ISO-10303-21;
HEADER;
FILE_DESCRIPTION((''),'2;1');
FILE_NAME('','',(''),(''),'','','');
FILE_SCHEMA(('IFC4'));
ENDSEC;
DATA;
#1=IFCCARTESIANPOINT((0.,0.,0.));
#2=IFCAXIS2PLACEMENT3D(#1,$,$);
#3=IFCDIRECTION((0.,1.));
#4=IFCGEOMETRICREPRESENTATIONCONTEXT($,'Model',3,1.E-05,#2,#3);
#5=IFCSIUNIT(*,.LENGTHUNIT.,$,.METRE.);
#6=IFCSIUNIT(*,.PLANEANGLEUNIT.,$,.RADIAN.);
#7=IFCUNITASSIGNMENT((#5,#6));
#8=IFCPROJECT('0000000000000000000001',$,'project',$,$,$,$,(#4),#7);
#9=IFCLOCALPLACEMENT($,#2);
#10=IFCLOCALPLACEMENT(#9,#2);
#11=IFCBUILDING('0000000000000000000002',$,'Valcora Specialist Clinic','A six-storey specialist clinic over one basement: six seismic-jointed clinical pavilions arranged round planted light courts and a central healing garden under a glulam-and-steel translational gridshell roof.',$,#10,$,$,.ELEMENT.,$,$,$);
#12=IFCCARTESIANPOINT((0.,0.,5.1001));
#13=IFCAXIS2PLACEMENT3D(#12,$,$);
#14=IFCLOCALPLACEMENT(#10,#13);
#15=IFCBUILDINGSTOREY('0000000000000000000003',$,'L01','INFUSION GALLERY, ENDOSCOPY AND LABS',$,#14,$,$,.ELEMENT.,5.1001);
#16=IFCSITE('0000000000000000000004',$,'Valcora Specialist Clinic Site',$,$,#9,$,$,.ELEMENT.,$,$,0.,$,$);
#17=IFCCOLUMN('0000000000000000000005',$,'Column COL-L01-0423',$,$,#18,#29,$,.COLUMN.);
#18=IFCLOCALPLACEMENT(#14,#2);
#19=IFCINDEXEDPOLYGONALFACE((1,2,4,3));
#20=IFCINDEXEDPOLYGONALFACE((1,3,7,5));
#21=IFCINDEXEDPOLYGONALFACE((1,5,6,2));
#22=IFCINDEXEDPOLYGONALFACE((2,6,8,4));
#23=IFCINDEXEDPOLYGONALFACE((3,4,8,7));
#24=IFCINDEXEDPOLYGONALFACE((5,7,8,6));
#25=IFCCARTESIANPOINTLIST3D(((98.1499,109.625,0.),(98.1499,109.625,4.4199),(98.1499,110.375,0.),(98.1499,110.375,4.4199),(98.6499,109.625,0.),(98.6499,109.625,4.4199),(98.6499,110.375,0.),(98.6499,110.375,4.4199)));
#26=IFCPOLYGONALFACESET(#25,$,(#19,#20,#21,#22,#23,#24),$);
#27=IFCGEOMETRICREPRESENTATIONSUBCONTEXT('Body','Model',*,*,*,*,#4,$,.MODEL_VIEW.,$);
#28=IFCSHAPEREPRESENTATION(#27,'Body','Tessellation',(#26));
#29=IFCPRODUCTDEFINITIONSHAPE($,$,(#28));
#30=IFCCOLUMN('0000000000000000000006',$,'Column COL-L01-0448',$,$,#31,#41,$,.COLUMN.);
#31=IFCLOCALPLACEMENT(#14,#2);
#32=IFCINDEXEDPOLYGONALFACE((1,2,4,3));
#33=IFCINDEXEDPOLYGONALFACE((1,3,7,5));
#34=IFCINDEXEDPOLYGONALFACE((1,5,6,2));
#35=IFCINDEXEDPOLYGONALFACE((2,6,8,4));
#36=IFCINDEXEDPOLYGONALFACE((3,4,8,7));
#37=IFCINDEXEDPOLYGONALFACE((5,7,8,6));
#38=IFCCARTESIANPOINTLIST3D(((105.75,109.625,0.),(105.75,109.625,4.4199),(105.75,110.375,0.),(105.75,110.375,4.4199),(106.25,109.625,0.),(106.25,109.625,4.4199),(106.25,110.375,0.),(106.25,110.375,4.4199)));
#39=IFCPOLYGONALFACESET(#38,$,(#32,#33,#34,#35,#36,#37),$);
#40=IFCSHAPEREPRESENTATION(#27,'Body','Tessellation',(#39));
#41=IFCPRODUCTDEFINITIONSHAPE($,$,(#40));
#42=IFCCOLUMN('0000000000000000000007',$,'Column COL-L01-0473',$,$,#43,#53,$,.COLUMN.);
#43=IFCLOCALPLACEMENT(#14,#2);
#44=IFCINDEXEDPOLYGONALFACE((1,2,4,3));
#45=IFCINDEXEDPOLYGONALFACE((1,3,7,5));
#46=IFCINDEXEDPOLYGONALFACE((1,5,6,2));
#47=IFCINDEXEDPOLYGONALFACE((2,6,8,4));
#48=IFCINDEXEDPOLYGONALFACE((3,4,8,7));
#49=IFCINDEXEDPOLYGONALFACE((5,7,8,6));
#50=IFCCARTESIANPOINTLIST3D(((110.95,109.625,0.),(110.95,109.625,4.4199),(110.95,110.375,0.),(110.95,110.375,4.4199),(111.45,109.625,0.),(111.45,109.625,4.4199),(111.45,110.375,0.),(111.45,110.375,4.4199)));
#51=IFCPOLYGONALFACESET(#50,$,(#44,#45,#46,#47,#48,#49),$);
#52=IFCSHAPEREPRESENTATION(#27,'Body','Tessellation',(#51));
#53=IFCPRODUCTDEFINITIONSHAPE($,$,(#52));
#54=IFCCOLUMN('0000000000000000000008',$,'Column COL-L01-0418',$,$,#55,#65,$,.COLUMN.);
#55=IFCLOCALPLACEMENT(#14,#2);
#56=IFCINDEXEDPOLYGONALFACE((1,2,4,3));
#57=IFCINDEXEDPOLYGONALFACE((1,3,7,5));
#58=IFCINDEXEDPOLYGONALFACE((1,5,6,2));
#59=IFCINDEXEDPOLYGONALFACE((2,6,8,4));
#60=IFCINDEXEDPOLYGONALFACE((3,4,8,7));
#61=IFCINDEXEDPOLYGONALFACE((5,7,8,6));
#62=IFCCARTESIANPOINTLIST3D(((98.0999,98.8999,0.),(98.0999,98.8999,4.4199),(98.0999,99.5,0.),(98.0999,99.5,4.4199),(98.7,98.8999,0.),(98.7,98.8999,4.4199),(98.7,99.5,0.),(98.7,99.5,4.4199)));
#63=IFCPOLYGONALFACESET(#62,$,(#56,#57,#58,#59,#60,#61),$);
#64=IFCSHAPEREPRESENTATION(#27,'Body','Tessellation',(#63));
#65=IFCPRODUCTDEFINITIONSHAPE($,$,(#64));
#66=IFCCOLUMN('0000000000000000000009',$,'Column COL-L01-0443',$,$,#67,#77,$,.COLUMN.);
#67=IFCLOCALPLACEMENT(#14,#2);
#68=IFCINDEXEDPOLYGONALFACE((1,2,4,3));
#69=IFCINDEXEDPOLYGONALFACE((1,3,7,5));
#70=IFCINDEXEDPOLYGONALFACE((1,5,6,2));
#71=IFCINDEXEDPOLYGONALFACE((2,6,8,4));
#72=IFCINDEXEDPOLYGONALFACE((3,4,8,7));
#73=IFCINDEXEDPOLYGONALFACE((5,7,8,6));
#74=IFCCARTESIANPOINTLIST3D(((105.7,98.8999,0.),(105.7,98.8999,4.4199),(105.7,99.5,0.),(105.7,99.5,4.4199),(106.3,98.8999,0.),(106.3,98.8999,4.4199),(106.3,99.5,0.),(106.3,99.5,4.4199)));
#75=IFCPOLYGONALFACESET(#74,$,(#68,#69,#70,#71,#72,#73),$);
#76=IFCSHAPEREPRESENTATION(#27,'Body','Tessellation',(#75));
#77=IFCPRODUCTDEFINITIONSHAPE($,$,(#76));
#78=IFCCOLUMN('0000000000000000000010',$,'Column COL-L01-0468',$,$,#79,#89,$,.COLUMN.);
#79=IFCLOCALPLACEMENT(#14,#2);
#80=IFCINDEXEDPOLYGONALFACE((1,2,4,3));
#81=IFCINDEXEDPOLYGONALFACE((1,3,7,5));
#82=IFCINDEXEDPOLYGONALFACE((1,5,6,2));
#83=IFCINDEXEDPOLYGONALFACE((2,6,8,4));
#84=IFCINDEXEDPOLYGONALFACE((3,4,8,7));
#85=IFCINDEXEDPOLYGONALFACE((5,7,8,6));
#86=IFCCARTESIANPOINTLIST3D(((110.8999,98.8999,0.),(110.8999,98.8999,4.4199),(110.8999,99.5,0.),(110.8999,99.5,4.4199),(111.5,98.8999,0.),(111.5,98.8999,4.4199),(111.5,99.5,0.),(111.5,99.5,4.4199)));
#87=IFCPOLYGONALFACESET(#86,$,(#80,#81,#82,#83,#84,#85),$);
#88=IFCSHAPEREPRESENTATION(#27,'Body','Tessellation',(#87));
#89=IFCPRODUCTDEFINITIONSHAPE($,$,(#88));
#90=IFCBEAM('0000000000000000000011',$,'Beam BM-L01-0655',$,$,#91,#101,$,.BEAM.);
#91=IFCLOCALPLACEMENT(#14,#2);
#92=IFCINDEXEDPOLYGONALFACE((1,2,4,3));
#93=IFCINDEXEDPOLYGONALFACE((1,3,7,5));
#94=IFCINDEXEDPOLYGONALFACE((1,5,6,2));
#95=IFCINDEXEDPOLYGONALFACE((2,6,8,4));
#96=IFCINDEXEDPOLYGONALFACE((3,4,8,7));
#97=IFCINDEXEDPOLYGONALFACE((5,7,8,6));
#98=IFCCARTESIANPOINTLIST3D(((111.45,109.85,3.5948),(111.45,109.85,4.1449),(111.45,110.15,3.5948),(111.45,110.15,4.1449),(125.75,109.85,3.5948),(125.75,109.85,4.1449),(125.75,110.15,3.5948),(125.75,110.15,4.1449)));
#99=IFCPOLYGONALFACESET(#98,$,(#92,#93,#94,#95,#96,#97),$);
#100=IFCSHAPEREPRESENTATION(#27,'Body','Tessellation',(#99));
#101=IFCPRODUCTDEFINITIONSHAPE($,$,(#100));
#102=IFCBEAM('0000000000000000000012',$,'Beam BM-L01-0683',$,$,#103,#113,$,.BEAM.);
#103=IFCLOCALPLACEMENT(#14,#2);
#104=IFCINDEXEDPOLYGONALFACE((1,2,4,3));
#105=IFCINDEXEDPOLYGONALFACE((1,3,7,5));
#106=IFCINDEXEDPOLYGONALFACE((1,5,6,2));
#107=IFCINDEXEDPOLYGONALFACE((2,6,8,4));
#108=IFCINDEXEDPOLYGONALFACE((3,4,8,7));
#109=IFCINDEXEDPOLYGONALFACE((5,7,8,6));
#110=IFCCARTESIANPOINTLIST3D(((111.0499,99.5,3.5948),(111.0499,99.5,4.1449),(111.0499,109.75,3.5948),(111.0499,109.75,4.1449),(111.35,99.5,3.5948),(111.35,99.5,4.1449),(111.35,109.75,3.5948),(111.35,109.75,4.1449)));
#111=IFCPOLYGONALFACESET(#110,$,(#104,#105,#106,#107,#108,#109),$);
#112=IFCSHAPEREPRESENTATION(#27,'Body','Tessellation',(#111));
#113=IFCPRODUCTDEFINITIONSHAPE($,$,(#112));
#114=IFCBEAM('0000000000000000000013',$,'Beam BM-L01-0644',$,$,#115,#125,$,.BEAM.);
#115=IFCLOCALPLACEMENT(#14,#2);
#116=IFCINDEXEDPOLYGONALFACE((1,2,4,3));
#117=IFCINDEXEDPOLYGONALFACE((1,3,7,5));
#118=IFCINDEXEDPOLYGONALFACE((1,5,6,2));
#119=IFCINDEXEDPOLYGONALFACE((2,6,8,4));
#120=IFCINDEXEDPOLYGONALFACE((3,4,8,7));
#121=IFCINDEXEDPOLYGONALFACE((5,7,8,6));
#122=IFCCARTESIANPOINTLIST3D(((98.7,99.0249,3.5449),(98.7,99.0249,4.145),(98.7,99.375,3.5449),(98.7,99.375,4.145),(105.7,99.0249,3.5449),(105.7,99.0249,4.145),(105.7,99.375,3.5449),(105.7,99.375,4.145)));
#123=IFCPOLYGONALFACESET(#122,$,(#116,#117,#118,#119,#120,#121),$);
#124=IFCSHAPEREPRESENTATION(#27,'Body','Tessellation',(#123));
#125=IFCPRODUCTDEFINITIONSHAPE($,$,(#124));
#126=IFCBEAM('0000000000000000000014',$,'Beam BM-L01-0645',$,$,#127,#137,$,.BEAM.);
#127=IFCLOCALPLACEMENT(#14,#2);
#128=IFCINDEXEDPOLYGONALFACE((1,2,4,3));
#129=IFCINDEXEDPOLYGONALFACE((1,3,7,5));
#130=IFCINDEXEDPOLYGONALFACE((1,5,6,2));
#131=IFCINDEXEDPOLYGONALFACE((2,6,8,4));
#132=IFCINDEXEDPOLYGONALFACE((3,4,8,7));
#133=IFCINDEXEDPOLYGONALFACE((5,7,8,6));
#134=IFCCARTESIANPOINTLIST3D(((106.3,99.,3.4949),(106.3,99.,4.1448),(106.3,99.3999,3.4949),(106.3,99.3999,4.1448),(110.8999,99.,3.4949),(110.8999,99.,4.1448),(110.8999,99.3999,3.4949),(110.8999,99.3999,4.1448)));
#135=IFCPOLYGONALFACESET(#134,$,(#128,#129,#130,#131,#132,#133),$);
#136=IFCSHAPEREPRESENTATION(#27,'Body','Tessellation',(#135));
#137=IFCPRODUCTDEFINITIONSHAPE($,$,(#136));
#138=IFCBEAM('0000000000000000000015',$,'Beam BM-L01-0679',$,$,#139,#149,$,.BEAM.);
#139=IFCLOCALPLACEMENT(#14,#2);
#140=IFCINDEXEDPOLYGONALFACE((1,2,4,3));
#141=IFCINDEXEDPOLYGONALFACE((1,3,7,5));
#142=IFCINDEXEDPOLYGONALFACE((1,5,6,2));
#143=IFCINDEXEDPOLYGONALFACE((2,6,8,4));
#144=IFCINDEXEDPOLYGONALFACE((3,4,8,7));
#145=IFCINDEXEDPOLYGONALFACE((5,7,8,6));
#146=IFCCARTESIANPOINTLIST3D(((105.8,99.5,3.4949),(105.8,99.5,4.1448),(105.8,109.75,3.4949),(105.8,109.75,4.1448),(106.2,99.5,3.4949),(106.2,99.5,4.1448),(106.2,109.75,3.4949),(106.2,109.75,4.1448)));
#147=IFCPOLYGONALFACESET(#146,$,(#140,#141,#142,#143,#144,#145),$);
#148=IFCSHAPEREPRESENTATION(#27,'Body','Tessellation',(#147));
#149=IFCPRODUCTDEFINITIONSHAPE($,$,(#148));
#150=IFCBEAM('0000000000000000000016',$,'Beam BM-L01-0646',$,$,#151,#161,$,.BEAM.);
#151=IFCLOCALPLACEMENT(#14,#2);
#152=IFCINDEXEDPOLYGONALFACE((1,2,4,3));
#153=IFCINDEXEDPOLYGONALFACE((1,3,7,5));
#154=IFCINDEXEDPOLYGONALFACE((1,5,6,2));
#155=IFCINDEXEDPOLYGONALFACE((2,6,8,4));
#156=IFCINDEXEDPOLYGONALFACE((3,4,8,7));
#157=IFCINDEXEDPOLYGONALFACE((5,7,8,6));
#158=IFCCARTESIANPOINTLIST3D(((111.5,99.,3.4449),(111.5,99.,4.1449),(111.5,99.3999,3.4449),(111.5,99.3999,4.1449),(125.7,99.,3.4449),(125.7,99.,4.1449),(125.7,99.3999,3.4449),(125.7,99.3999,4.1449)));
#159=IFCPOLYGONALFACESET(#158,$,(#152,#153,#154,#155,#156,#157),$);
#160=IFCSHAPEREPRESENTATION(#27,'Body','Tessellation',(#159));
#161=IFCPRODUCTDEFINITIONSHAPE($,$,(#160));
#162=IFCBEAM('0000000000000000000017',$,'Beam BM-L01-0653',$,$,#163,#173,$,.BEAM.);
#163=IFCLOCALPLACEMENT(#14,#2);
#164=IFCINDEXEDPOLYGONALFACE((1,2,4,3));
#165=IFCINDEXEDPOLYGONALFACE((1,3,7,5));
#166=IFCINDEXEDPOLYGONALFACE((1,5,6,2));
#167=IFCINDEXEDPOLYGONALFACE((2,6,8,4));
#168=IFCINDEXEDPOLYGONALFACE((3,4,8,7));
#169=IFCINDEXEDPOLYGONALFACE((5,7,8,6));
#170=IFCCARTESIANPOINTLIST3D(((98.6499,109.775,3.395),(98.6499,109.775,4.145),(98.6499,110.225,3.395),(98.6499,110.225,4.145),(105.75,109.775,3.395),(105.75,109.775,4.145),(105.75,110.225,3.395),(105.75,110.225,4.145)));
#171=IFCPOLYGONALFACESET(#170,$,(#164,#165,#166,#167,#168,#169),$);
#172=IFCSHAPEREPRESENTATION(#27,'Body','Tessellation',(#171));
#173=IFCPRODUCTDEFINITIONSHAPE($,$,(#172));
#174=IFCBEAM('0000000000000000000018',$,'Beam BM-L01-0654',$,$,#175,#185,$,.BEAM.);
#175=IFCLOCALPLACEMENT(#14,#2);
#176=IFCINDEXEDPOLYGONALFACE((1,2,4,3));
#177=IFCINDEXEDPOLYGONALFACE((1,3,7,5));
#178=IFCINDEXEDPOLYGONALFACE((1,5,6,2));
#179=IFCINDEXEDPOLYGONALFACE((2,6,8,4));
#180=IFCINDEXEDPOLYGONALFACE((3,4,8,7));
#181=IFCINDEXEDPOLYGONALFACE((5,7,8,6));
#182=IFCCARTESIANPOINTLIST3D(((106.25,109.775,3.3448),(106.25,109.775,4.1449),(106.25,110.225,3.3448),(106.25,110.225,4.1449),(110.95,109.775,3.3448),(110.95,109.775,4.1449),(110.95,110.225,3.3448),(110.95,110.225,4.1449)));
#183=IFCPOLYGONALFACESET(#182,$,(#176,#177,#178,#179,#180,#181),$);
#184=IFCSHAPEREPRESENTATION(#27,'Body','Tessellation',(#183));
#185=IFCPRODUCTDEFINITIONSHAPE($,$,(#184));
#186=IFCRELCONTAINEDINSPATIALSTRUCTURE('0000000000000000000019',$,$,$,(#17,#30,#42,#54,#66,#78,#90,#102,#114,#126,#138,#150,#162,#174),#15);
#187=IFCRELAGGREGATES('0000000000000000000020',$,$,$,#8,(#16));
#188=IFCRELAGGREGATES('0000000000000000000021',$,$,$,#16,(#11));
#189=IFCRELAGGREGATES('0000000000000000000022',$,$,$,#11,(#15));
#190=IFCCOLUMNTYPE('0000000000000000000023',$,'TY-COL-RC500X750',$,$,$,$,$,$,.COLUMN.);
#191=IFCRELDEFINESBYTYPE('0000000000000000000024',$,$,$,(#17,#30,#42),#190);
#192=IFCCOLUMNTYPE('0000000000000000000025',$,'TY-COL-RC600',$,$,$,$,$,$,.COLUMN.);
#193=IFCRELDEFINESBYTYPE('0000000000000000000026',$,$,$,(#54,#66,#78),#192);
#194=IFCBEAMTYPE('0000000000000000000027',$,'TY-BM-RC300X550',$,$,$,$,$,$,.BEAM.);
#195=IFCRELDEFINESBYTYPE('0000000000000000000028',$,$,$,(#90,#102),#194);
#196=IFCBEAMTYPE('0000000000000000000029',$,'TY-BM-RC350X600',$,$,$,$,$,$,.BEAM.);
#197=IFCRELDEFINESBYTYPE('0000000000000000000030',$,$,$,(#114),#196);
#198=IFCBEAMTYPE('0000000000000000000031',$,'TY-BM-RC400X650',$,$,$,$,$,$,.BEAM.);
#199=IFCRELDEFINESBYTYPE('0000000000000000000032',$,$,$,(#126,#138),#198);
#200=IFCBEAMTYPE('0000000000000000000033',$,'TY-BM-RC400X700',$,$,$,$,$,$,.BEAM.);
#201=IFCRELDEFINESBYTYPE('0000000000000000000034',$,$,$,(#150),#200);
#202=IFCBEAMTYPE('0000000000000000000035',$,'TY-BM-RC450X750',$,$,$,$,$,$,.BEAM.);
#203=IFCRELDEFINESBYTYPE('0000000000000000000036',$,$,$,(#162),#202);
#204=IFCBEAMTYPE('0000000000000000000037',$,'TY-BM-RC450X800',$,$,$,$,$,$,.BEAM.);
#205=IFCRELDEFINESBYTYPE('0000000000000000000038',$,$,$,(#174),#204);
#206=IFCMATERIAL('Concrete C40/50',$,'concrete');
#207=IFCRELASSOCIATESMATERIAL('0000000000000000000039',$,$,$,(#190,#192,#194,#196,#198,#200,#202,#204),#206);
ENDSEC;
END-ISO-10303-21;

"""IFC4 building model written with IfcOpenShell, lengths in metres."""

from ifc_helpers import new_model, si_unit, direction, frame, origin, origin_2d, place, context, subcontext, project, spatial, rectangle, extrude, material, material_profile, profile_set, type_object, element, save


model = new_model("IFC4")

# Units and contexts
model_context = context("Model", 3, precision=1e-05, world=origin(), true_north=direction((0.0, 1.0)))
body_context = subcontext(model_context, "Body", "Model", "MODEL_VIEW")
ifc_project = project(units=[si_unit("LENGTHUNIT", "METRE"), si_unit("PLANEANGLEUNIT", "RADIAN")], contexts=[model_context])

# Site, building, storey
site_placement = place(None, origin())
site = spatial("IfcSite", under=ifc_project, at=site_placement, Name="Valcora Specialist Clinic Site", CompositionType="ELEMENT", RefElevation=0.0)
building_placement = place(site_placement, origin())
building = spatial("IfcBuilding", under=site, at=building_placement, Name="Valcora Specialist Clinic", Description="A six-storey specialist clinic over one basement: six seismic-jointed clinical pavilions arranged round planted light courts and a central healing garden under a glulam-and-steel translational gridshell roof.", CompositionType="ELEMENT")
storey_placement = place(building_placement, frame((0.0, 0.0, 5.1001)))
storey = spatial("IfcBuildingStorey", under=building, at=storey_placement, Name="L01", Description="INFUSION GALLERY, ENDOSCOPY AND LABS", CompositionType="ELEMENT", Elevation=5.1001)

# Columns
ifc_material_1 = material(Name="Concrete C40/50", Category="concrete")
ifc_material_profile_1 = material_profile(ifc_material_1, rectangle(XDim=0.5, YDim=0.75, at=origin_2d()), Name="RC-COL-500X750")
ifc_profile_set_1 = profile_set([ifc_material_profile_1], Name="Concrete C40/50")
column_type_1 = type_object("IfcColumnType", Name="TY-COL-RC500X750", PredefinedType="COLUMN", material=ifc_profile_set_1)
for number, where, z_axis, x_axis, name in (
    (1, (98.3999, 110.0, 0.0), (0.0, 0.0, 1.0), (1.0, 0.0, 0.0), "Column COL-L01-0423"),
    (2, (106.0, 110.0, 0.0), (0.0, 0.0, 1.0), (1.0, 0.0, 0.0), "Column COL-L01-0448"),
    (3, (111.2, 110.0, 0.0), (0.0, 0.0, 1.0), (1.0, 0.0, 0.0), "Column COL-L01-0473"),
):
    element("IfcColumn", number, at=place(storey_placement, frame(where, z_axis=z_axis, x_axis=x_axis)), inside=storey, type_object=column_type_1, Name=name, PredefinedType="COLUMN", context=body_context, shape_type="SweptSolid", body=[
        extrude(rectangle(XDim=0.5, YDim=0.75, at=origin_2d()), origin(), (0.0, 0.0, 1.0), 4.4199),
    ])
ifc_material_profile_2 = material_profile(ifc_material_1, rectangle(XDim=0.6001, YDim=0.6001, at=origin_2d()), Name="RC-COL-600X600")
ifc_profile_set_2 = profile_set([ifc_material_profile_2], Name="Concrete C40/50")
column_type_2 = type_object("IfcColumnType", Name="TY-COL-RC600", PredefinedType="COLUMN", material=ifc_profile_set_2)
for number, where, z_axis, x_axis, name in (
    (4, (98.3999, 99.2, 0.0), (0.0, 0.0, 1.0), (1.0, 0.0, 0.0), "Column COL-L01-0418"),
    (5, (106.0, 99.2, 0.0), (0.0, 0.0, 1.0), (1.0, 0.0, 0.0), "Column COL-L01-0443"),
    (6, (111.2, 99.2, 0.0), (0.0, 0.0, 1.0), (1.0, 0.0, 0.0), "Column COL-L01-0468"),
):
    element("IfcColumn", number, at=place(storey_placement, frame(where, z_axis=z_axis, x_axis=x_axis)), inside=storey, type_object=column_type_2, Name=name, PredefinedType="COLUMN", context=body_context, shape_type="SweptSolid", body=[
        extrude(rectangle(XDim=0.6001, YDim=0.6001, at=origin_2d()), origin(), (0.0, 0.0, 1.0), 4.4199),
    ])

# Beams
ifc_material_profile_3 = material_profile(ifc_material_1, rectangle(XDim=0.3, YDim=0.55, at=origin_2d()), Name="RC-BM-300X550")
ifc_profile_set_3 = profile_set([ifc_material_profile_3], Name="Concrete C40/50")
beam_type_1 = type_object("IfcBeamType", Name="TY-BM-RC300X550", PredefinedType="BEAM", material=ifc_profile_set_3)
beam_1_placement = place(storey_placement, frame((111.45, 110.0, 3.8699), z_axis=(1.0, 0.0, 0.0), x_axis=(0.0, 1.0, 0.0)))
element("IfcBeam", 7, at=beam_1_placement, inside=storey, type_object=beam_type_1, Name="Beam BM-L01-0655", PredefinedType="BEAM", context=body_context, shape_type="SweptSolid", body=[
    extrude(rectangle(XDim=0.3, YDim=0.55, at=origin_2d()), origin(), (0.0, 0.0, 1.0), 14.3),
])
beam_2_placement = place(storey_placement, frame((111.2, 99.5, 3.8699), z_axis=(0.0, 1.0, 0.0), x_axis=(-1.0, 0.0, 0.0)))
element("IfcBeam", 8, at=beam_2_placement, inside=storey, type_object=beam_type_1, Name="Beam BM-L01-0683", PredefinedType="BEAM", context=body_context, shape_type="SweptSolid", body=[
    extrude(rectangle(XDim=0.3, YDim=0.55, at=origin_2d()), origin(), (0.0, 0.0, 1.0), 10.25),
])
ifc_material_profile_4 = material_profile(ifc_material_1, rectangle(XDim=0.3501, YDim=0.6001, at=origin_2d()), Name="RC-BM-350X600")
ifc_profile_set_4 = profile_set([ifc_material_profile_4], Name="Concrete C40/50")
beam_type_2 = type_object("IfcBeamType", Name="TY-BM-RC350X600", PredefinedType="BEAM", material=ifc_profile_set_4)
beam_3_placement = place(storey_placement, frame((98.7, 99.2, 3.845), z_axis=(1.0, 0.0, 0.0), x_axis=(0.0, 1.0, 0.0)))
element("IfcBeam", 9, at=beam_3_placement, inside=storey, type_object=beam_type_2, Name="Beam BM-L01-0644", PredefinedType="BEAM", context=body_context, shape_type="SweptSolid", body=[
    extrude(rectangle(XDim=0.3501, YDim=0.6001, at=origin_2d()), origin(), (0.0, 0.0, 1.0), 7.0),
])
ifc_material_profile_5 = material_profile(ifc_material_1, rectangle(XDim=0.3999, YDim=0.6499, at=origin_2d()), Name="RC-BM-400X650")
ifc_profile_set_5 = profile_set([ifc_material_profile_5], Name="Concrete C40/50")
beam_type_3 = type_object("IfcBeamType", Name="TY-BM-RC400X650", PredefinedType="BEAM", material=ifc_profile_set_5)
beam_4_placement = place(storey_placement, frame((106.3, 99.2, 3.8198), z_axis=(1.0, 0.0, 0.0), x_axis=(0.0, 1.0, 0.0)))
element("IfcBeam", 10, at=beam_4_placement, inside=storey, type_object=beam_type_3, Name="Beam BM-L01-0645", PredefinedType="BEAM", context=body_context, shape_type="SweptSolid", body=[
    extrude(rectangle(XDim=0.3999, YDim=0.6499, at=origin_2d()), origin(), (0.0, 0.0, 1.0), 4.5999),
])
beam_5_placement = place(storey_placement, frame((106.0, 99.5, 3.8198), z_axis=(0.0, 1.0, 0.0), x_axis=(-1.0, 0.0, 0.0)))
element("IfcBeam", 11, at=beam_5_placement, inside=storey, type_object=beam_type_3, Name="Beam BM-L01-0679", PredefinedType="BEAM", context=body_context, shape_type="SweptSolid", body=[
    extrude(rectangle(XDim=0.3999, YDim=0.6499, at=origin_2d()), origin(), (0.0, 0.0, 1.0), 10.25),
])
ifc_material_profile_6 = material_profile(ifc_material_1, rectangle(XDim=0.3999, YDim=0.7, at=origin_2d()), Name="RC-BM-400X700")
ifc_profile_set_6 = profile_set([ifc_material_profile_6], Name="Concrete C40/50")
beam_type_4 = type_object("IfcBeamType", Name="TY-BM-RC400X700", PredefinedType="BEAM", material=ifc_profile_set_6)
beam_6_placement = place(storey_placement, frame((111.5, 99.2, 3.7949), z_axis=(1.0, 0.0, 0.0), x_axis=(0.0, 1.0, 0.0)))
element("IfcBeam", 12, at=beam_6_placement, inside=storey, type_object=beam_type_4, Name="Beam BM-L01-0646", PredefinedType="BEAM", context=body_context, shape_type="SweptSolid", body=[
    extrude(rectangle(XDim=0.3999, YDim=0.7, at=origin_2d()), origin(), (0.0, 0.0, 1.0), 14.2),
])
ifc_material_profile_7 = material_profile(ifc_material_1, rectangle(XDim=0.45, YDim=0.75, at=origin_2d()), Name="RC-BM-450X750")
ifc_profile_set_7 = profile_set([ifc_material_profile_7], Name="Concrete C40/50")
beam_type_5 = type_object("IfcBeamType", Name="TY-BM-RC450X750", PredefinedType="BEAM", material=ifc_profile_set_7)
beam_7_placement = place(storey_placement, frame((98.6499, 110.0, 3.77), z_axis=(1.0, 0.0, 0.0), x_axis=(0.0, 1.0, 0.0)))
element("IfcBeam", 13, at=beam_7_placement, inside=storey, type_object=beam_type_5, Name="Beam BM-L01-0653", PredefinedType="BEAM", context=body_context, shape_type="SweptSolid", body=[
    extrude(rectangle(XDim=0.45, YDim=0.75, at=origin_2d()), origin(), (0.0, 0.0, 1.0), 7.1001),
])
ifc_material_profile_8 = material_profile(ifc_material_1, rectangle(XDim=0.45, YDim=0.8, at=origin_2d()), Name="RC-BM-450X800")
ifc_profile_set_8 = profile_set([ifc_material_profile_8], Name="Concrete C40/50")
beam_type_6 = type_object("IfcBeamType", Name="TY-BM-RC450X800", PredefinedType="BEAM", material=ifc_profile_set_8)
beam_8_placement = place(storey_placement, frame((106.25, 110.0, 3.7449), z_axis=(1.0, 0.0, 0.0), x_axis=(0.0, 1.0, 0.0)))
element("IfcBeam", 14, at=beam_8_placement, inside=storey, type_object=beam_type_6, Name="Beam BM-L01-0654", PredefinedType="BEAM", context=body_context, shape_type="SweptSolid", body=[
    extrude(rectangle(XDim=0.45, YDim=0.8, at=origin_2d()), origin(), (0.0, 0.0, 1.0), 4.7),
])

save(model, "model.ifc")
